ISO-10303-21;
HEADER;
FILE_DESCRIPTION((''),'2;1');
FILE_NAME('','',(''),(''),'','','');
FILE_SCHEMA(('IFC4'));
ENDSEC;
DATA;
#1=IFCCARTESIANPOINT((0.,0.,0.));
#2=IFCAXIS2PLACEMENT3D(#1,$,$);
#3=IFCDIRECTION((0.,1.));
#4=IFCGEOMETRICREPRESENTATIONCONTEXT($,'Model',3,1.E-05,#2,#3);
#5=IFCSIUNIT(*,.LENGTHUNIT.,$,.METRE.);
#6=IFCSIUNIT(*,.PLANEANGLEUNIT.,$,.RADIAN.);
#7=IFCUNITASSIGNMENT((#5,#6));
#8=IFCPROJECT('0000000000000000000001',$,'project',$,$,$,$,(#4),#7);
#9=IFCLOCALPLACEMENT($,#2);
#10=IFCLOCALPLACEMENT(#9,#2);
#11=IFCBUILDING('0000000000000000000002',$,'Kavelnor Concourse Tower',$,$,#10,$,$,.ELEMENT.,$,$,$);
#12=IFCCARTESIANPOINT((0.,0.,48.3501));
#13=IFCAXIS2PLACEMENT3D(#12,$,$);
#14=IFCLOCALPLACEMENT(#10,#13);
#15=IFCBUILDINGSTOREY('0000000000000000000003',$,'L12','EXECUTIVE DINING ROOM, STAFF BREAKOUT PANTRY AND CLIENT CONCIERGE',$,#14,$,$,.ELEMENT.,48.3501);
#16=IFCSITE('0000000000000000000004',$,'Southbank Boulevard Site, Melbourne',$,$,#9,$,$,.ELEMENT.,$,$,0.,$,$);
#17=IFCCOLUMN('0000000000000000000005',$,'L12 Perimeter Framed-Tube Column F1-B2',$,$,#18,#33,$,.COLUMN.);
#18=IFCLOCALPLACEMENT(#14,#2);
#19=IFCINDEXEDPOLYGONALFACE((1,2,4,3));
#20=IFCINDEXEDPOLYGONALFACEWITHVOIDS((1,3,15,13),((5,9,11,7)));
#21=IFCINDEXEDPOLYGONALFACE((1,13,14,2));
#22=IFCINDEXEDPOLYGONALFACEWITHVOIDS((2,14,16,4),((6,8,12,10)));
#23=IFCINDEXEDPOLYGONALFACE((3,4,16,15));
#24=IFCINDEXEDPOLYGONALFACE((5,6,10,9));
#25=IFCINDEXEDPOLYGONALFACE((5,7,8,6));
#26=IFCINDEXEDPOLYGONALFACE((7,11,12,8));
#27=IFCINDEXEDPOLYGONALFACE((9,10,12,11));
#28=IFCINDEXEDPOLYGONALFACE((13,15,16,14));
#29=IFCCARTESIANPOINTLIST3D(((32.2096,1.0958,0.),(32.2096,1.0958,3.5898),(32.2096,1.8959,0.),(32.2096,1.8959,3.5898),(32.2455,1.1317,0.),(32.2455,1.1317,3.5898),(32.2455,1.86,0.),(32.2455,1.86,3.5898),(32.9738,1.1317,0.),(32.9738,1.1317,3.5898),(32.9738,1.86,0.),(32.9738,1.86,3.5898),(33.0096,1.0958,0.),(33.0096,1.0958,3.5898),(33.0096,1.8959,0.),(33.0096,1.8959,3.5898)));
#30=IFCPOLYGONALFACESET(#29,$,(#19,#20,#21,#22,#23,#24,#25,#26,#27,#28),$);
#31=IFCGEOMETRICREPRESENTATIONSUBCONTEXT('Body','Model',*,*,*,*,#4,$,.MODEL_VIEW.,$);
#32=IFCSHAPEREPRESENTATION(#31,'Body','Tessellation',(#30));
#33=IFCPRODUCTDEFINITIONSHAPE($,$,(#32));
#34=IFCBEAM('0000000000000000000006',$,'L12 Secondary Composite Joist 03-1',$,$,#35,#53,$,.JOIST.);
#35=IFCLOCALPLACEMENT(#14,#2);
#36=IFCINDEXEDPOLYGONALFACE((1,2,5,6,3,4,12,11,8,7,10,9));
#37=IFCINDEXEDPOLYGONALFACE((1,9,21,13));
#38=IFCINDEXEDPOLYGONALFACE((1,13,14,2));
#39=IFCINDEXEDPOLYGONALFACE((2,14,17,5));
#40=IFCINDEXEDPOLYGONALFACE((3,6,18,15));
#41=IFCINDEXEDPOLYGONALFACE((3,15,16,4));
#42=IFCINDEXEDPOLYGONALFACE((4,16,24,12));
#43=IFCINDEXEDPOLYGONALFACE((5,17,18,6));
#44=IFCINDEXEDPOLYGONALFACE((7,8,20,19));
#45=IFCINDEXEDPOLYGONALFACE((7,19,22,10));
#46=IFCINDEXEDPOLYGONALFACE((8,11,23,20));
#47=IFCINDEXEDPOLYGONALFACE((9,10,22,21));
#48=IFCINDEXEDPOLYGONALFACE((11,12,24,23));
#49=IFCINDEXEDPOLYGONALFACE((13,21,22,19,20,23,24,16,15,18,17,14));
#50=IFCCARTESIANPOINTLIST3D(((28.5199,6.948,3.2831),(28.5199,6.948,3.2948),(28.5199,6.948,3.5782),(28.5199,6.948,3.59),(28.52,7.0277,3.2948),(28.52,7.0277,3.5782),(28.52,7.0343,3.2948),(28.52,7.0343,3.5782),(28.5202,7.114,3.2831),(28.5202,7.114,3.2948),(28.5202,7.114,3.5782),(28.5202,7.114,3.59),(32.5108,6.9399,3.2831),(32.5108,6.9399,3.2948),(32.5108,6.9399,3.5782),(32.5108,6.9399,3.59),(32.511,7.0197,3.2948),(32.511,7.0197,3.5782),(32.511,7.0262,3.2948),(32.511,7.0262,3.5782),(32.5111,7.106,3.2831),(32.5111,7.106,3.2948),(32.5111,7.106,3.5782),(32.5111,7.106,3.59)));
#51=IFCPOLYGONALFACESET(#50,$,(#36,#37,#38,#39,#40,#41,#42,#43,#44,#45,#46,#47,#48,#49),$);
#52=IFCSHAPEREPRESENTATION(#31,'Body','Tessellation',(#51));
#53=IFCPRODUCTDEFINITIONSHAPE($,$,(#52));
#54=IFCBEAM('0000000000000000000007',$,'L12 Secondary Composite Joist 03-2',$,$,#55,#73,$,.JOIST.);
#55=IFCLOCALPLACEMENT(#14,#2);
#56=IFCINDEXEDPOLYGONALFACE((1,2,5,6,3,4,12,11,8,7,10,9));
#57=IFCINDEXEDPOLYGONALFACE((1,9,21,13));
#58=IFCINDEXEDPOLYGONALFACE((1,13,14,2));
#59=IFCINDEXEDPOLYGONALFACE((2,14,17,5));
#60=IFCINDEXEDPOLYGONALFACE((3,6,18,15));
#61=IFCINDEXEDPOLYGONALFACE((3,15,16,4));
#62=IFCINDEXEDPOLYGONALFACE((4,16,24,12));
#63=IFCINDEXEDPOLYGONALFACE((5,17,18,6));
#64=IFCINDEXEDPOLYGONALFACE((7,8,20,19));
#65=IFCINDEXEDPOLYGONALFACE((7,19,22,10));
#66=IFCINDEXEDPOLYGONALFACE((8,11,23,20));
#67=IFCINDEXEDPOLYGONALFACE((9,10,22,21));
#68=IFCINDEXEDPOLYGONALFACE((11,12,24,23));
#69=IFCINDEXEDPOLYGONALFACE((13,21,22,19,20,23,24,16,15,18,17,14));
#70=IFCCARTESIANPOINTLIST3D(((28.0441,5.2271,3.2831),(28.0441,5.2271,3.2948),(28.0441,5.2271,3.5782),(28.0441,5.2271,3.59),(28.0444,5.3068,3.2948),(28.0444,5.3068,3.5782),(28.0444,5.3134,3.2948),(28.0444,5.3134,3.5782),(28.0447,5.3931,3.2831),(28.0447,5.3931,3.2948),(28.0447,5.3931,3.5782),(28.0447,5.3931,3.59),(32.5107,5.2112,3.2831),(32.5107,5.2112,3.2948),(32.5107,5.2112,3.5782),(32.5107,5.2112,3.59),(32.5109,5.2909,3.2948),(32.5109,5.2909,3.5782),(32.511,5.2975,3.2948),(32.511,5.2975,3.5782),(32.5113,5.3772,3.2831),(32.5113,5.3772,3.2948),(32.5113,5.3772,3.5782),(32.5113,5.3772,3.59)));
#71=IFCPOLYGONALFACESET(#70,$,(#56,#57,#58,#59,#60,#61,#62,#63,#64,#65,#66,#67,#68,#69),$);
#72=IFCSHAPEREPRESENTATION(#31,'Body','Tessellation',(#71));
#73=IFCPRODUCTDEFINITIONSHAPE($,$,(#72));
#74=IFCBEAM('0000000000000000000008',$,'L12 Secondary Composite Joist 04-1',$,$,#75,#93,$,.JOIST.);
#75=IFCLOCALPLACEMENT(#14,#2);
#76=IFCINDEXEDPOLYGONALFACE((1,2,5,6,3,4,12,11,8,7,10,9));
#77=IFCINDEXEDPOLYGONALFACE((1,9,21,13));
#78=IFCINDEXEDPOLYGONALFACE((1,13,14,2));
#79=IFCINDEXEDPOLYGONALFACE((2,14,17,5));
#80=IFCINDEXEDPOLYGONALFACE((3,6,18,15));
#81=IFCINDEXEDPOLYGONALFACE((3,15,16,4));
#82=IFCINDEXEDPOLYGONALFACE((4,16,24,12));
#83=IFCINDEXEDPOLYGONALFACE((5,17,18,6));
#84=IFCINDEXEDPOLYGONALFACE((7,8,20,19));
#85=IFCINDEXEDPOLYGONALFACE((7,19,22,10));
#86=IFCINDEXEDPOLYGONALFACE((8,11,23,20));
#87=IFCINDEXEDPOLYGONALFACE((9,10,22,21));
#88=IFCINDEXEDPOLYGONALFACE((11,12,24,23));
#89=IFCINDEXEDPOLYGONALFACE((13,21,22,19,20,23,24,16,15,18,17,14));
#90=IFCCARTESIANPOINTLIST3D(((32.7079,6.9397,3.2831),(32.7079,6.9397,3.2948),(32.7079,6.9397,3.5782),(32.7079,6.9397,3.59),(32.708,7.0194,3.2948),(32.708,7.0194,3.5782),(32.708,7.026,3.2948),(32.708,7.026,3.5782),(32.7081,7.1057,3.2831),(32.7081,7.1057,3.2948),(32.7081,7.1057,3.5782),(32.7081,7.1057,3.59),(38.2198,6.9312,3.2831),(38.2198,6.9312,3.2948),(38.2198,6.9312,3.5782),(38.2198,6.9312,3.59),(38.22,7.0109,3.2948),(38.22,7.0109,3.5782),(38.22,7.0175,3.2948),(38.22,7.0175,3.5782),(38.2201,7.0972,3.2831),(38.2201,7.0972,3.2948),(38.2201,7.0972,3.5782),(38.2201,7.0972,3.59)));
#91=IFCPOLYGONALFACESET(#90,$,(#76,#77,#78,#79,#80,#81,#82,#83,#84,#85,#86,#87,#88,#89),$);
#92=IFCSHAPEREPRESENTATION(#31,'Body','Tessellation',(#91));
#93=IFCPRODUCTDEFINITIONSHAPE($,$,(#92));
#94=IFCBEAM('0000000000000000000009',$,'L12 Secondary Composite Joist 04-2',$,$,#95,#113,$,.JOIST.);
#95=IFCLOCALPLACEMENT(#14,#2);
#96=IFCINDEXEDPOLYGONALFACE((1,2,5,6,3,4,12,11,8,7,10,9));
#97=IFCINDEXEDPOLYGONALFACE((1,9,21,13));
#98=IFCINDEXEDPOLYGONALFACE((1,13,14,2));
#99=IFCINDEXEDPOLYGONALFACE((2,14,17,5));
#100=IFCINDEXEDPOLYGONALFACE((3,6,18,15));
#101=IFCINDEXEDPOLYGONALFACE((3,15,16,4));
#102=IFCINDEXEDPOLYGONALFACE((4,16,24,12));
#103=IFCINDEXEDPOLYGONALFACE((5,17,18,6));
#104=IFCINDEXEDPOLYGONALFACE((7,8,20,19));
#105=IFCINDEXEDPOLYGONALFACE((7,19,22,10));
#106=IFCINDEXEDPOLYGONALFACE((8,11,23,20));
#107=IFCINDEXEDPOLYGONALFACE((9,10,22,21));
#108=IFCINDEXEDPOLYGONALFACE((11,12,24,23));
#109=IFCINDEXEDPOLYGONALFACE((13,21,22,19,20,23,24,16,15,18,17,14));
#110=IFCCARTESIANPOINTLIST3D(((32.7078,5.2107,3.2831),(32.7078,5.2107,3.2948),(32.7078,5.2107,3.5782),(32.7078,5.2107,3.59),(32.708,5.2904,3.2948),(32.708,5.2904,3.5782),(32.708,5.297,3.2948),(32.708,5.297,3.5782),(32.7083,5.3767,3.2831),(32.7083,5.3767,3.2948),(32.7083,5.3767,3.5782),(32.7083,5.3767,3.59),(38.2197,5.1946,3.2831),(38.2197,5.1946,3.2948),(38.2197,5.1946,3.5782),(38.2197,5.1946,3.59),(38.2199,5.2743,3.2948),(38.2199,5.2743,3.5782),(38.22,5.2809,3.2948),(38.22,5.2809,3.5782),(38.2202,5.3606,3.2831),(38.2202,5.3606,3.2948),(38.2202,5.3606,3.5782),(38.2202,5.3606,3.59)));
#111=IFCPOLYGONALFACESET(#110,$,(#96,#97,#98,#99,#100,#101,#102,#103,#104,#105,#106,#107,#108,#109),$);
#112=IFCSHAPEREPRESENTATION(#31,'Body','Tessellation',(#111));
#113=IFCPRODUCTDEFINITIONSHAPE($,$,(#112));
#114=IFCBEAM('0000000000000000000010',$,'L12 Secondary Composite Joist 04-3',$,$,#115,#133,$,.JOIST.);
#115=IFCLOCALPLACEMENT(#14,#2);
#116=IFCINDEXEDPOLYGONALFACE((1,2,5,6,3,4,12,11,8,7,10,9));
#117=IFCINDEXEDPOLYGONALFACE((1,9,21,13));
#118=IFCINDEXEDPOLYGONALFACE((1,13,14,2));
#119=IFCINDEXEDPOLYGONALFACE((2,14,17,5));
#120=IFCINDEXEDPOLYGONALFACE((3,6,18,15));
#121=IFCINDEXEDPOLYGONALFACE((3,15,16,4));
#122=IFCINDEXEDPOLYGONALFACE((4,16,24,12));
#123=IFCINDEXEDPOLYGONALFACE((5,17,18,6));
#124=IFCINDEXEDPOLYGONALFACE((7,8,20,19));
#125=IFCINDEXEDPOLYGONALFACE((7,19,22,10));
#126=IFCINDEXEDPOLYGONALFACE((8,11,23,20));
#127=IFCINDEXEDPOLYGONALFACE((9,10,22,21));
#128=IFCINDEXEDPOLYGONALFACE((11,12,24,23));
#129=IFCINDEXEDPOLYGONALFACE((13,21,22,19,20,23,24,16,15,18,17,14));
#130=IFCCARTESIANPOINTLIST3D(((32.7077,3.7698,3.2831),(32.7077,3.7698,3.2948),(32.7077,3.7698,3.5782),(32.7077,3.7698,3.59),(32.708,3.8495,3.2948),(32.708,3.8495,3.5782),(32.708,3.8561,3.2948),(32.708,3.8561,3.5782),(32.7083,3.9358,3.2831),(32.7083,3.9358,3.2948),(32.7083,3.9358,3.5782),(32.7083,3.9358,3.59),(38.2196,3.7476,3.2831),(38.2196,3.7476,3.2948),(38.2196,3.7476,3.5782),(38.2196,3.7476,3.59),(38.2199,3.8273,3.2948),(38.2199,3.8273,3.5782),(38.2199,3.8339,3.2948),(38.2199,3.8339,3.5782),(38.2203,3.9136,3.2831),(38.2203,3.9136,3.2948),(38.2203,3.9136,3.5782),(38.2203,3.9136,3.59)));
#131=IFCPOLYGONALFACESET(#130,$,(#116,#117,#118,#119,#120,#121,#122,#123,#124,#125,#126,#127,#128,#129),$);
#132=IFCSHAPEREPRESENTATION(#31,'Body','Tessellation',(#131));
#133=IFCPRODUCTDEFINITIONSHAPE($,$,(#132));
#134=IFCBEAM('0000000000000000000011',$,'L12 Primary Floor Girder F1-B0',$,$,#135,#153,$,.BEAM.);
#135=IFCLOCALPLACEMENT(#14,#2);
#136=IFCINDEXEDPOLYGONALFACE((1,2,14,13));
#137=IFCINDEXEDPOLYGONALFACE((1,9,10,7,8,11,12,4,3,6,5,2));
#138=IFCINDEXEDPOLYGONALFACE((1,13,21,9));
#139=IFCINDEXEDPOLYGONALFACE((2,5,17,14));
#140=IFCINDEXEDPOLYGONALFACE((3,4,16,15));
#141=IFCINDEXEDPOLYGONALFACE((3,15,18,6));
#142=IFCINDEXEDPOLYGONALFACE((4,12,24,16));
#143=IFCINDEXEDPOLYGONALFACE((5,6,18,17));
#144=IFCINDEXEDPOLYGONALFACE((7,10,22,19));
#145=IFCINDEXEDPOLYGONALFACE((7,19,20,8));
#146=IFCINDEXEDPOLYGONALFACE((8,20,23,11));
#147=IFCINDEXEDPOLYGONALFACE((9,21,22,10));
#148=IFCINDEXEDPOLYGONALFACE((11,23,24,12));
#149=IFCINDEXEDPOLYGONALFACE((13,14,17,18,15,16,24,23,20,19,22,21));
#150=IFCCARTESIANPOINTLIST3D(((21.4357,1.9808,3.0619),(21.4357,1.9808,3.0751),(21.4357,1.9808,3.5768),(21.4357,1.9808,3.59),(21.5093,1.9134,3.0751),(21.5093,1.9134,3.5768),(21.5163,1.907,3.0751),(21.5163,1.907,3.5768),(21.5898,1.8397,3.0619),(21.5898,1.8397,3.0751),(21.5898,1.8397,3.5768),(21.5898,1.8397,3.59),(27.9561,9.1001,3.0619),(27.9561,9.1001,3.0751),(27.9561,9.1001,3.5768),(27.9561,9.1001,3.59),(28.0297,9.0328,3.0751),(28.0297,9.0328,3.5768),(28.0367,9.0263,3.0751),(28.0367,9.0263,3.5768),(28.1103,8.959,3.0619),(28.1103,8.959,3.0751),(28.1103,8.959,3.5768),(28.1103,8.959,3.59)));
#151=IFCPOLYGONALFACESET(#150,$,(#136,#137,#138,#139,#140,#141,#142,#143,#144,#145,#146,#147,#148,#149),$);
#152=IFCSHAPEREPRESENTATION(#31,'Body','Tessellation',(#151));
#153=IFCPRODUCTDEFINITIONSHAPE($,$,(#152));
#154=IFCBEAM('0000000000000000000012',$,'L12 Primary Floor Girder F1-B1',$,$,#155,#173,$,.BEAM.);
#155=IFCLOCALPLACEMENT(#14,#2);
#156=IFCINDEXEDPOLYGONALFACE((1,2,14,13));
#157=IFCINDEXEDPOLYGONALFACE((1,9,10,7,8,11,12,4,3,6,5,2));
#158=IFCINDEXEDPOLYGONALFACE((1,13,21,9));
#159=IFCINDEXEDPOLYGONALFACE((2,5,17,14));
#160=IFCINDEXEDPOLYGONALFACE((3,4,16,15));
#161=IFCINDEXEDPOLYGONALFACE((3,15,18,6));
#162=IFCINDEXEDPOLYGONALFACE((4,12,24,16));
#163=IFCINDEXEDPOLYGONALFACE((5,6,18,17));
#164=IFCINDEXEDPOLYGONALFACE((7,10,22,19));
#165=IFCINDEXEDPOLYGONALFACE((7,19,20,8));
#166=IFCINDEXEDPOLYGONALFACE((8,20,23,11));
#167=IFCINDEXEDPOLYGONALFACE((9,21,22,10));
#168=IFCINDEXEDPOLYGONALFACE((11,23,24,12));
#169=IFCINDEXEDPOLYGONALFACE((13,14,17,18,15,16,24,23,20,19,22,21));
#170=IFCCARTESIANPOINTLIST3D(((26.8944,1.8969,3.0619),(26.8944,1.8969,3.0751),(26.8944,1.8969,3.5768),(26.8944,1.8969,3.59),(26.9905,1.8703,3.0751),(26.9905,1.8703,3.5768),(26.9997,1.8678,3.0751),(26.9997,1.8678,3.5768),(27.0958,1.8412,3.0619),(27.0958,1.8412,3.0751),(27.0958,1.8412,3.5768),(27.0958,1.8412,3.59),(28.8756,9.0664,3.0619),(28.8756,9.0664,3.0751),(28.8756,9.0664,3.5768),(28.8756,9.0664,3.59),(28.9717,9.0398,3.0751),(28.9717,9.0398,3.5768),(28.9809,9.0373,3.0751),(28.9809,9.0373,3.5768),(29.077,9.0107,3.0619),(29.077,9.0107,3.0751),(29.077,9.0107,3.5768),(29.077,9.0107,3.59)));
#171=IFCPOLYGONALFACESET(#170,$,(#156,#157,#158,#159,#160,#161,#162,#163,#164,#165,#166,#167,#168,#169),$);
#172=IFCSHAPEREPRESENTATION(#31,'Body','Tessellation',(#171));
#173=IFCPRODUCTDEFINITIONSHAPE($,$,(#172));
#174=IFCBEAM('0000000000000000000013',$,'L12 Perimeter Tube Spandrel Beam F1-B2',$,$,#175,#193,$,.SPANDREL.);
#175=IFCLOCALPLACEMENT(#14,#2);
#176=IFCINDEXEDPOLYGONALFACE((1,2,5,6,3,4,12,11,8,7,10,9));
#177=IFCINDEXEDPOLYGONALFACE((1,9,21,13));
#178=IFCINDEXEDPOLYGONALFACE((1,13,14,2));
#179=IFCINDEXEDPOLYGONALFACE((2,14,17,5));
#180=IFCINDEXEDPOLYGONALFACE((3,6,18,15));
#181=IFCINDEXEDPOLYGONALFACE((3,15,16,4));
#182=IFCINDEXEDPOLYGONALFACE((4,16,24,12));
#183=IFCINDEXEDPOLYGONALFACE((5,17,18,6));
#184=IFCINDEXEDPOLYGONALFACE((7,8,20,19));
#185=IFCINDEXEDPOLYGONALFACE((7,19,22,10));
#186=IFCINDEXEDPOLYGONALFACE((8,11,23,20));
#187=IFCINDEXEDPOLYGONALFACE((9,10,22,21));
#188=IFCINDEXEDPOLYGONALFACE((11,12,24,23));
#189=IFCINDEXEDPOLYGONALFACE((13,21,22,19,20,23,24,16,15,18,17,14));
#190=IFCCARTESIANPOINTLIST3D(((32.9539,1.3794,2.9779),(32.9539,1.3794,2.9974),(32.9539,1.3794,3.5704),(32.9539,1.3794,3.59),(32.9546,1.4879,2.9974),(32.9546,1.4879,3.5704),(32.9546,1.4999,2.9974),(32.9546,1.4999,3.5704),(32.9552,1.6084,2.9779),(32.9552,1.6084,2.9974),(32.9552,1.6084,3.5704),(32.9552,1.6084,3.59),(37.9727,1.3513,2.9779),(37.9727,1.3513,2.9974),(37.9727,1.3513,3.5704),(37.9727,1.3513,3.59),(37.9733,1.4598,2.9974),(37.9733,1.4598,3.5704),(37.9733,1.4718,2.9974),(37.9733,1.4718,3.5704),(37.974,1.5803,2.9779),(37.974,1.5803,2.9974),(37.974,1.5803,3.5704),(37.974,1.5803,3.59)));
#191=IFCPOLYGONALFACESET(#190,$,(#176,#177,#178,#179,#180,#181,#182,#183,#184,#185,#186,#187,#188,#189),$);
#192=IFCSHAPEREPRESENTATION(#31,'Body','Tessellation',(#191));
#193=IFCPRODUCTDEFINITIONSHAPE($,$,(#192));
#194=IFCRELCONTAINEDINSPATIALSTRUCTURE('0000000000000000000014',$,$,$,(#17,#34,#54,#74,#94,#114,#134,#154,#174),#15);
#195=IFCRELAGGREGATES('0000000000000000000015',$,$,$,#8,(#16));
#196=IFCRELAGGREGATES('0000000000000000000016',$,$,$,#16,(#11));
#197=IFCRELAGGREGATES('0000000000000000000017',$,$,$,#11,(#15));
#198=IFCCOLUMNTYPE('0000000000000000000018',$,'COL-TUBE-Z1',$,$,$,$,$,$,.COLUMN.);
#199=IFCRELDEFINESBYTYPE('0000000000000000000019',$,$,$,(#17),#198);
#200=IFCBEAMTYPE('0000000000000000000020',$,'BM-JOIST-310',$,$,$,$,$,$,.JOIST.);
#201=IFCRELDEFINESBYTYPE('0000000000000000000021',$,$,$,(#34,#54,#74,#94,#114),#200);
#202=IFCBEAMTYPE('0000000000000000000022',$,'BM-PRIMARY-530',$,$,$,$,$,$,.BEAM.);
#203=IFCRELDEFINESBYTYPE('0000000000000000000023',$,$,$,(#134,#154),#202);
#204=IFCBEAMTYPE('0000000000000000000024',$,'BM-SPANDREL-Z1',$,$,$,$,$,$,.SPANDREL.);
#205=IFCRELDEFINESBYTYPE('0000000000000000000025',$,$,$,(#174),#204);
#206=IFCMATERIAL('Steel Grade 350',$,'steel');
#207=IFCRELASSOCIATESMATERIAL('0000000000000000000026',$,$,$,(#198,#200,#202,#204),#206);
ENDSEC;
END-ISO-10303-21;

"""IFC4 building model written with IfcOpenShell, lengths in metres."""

from ifc_helpers import new_model, si_unit, direction, frame, origin, origin_2d, place, context, subcontext, project, spatial, hollow_rectangle, i_section, extrude, material, material_profile, profile_set, type_object, element, save


model = new_model("IFC4")

# Units and contexts
model_context = context("Model", 3, precision=1e-05, world=origin(), true_north=direction((0.0, 1.0)))
body_context = subcontext(model_context, "Body", "Model", "MODEL_VIEW")
ifc_project = project(units=[si_unit("LENGTHUNIT", "METRE"), si_unit("PLANEANGLEUNIT", "RADIAN")], contexts=[model_context])

# Site, building, storey
site_placement = place(None, origin())
site = spatial("IfcSite", under=ifc_project, at=site_placement, Name="Southbank Boulevard Site, Melbourne", CompositionType="ELEMENT", RefElevation=0.0)
building_placement = place(site_placement, origin())
building = spatial("IfcBuilding", under=site, at=building_placement, Name="Kavelnor Concourse Tower", CompositionType="ELEMENT")
storey_placement = place(building_placement, frame((0.0, 0.0, 48.3501)))
storey = spatial("IfcBuildingStorey", under=building, at=storey_placement, Name="L12", Description="EXECUTIVE DINING ROOM, STAFF BREAKOUT PANTRY AND CLIENT CONCIERGE", CompositionType="ELEMENT", Elevation=48.3501)

# Column
ifc_material_1 = material(Name="Steel Grade 350", Category="steel")
ifc_material_profile_1 = material_profile(ifc_material_1, hollow_rectangle(XDim=0.8, YDim=0.8, WallThickness=0.0359, at=origin_2d()), Name="SHS 800x800x36")
ifc_profile_set_1 = profile_set([ifc_material_profile_1], Name="Steel Grade 350")
column_type = type_object("IfcColumnType", Name="COL-TUBE-Z1", PredefinedType="COLUMN", material=ifc_profile_set_1)
column_placement = place(storey_placement, frame((32.6096, 1.4958, 0.0), z_axis=(0.0, 0.0, 1.0), x_axis=(1.0, 0.0, 0.0)))
element("IfcColumn", 1, at=column_placement, inside=storey, type_object=column_type, Name="L12 Perimeter Framed-Tube Column F1-B2", PredefinedType="COLUMN", context=body_context, shape_type="SweptSolid", body=[
    extrude(hollow_rectangle(XDim=0.8, YDim=0.8, WallThickness=0.0359, at=origin_2d()), origin(), (0.0, 0.0, 1.0), 3.5898),
])

# Beams
ifc_material_profile_2 = material_profile(ifc_material_1, i_section(OverallWidth=0.166, OverallDepth=0.3069, WebThickness=0.0066, FlangeThickness=0.0117, at=origin_2d()), Name="310UB46")
ifc_profile_set_2 = profile_set([ifc_material_profile_2], Name="Steel Grade 350")
beam_type_1 = type_object("IfcBeamType", Name="BM-JOIST-310", PredefinedType="JOIST", material=ifc_profile_set_2)
beam_1_placement = place(storey_placement, frame((28.52, 7.031, 3.4365), z_axis=(0.999998, -0.002019, 0.0), x_axis=(0.002019, 0.999998, 0.0)))
element("IfcBeam", 2, at=beam_1_placement, inside=storey, type_object=beam_type_1, Name="L12 Secondary Composite Joist 03-1", PredefinedType="JOIST", context=body_context, shape_type="SweptSolid", body=[
    extrude(i_section(OverallWidth=0.166, OverallDepth=0.3069, WebThickness=0.0066, FlangeThickness=0.0117, at=origin_2d()), origin(), (0.0, 0.0, 1.0), 3.991),
])
beam_2_placement = place(storey_placement, frame((28.0444, 5.3101, 3.4365), z_axis=(0.999994, -0.003553, 0.0), x_axis=(0.003553, 0.999994, 0.0)))
element("IfcBeam", 3, at=beam_2_placement, inside=storey, type_object=beam_type_1, Name="L12 Secondary Composite Joist 03-2", PredefinedType="JOIST", context=body_context, shape_type="SweptSolid", body=[
    extrude(i_section(OverallWidth=0.166, OverallDepth=0.3069, WebThickness=0.0066, FlangeThickness=0.0117, at=origin_2d()), origin(), (0.0, 0.0, 1.0), 4.4666),
])
for number, where, z_axis, x_axis, name in (
    (4, (32.708, 7.0227, 3.4365), (0.999999, -0.00155, 0.0), (0.00155, 0.999999, 0.0), "L12 Secondary Composite Joist 04-1"),
    (5, (32.708, 5.2937, 3.4365), (0.999996, -0.002923, 0.0), (0.002923, 0.999996, 0.0), "L12 Secondary Composite Joist 04-2"),
    (6, (32.708, 3.8528, 3.4365), (0.999992, -0.004031, 0.0), (0.004031, 0.999992, 0.0), "L12 Secondary Composite Joist 04-3"),
):
    element("IfcBeam", number, at=place(storey_placement, frame(where, z_axis=z_axis, x_axis=x_axis)), inside=storey, type_object=beam_type_1, Name=name, PredefinedType="JOIST", context=body_context, shape_type="SweptSolid", body=[
        extrude(i_section(OverallWidth=0.166, OverallDepth=0.3069, WebThickness=0.0066, FlangeThickness=0.0117, at=origin_2d()), origin(), (0.0, 0.0, 1.0), 5.512),
    ])
ifc_material_profile_3 = material_profile(ifc_material_1, i_section(OverallWidth=0.209, OverallDepth=0.5281, WebThickness=0.0095, FlangeThickness=0.0132, at=origin_2d()), Name="530UB82")
ifc_profile_set_3 = profile_set([ifc_material_profile_3], Name="Steel Grade 350")
beam_type_2 = type_object("IfcBeamType", Name="BM-PRIMARY-530", PredefinedType="BEAM", material=ifc_profile_set_3)
beam_3_placement = place(storey_placement, frame((28.0332, 9.0295, 3.3259), z_axis=(-0.67541, -0.737443, 0.0), x_axis=(0.737443, -0.67541, 0.0)))
element("IfcBeam", 7, at=beam_3_placement, inside=storey, type_object=beam_type_2, Name="L12 Primary Floor Girder F1-B0", PredefinedType="BEAM", context=body_context, shape_type="SweptSolid", body=[
    extrude(i_section(OverallWidth=0.209, OverallDepth=0.5281, WebThickness=0.0095, FlangeThickness=0.0132, at=origin_2d()), origin(), (0.0, 0.0, 1.0), 9.6541),
])
beam_4_placement = place(storey_placement, frame((28.9763, 9.0386, 3.3259), z_axis=(-0.266357, -0.963874, 0.0), x_axis=(0.963874, -0.266357, 0.0)))
element("IfcBeam", 8, at=beam_4_placement, inside=storey, type_object=beam_type_2, Name="L12 Primary Floor Girder F1-B1", PredefinedType="BEAM", context=body_context, shape_type="SweptSolid", body=[
    extrude(i_section(OverallWidth=0.209, OverallDepth=0.5281, WebThickness=0.0095, FlangeThickness=0.0132, at=origin_2d()), origin(), (0.0, 0.0, 1.0), 7.4382),
])
ifc_material_profile_4 = material_profile(ifc_material_1, i_section(OverallWidth=0.229, OverallDepth=0.6121, WebThickness=0.012, FlangeThickness=0.0195, at=origin_2d()), Name="610UB125")
ifc_profile_set_4 = profile_set([ifc_material_profile_4], Name="Steel Grade 350")
beam_type_3 = type_object("IfcBeamType", Name="BM-SPANDREL-Z1", PredefinedType="SPANDREL", material=ifc_profile_set_4)
beam_5_placement = place(storey_placement, frame((32.9546, 1.4939, 3.2839), z_axis=(0.999984, -0.005594, 0.0), x_axis=(0.005594, 0.999984, 0.0)))
element("IfcBeam", 9, at=beam_5_placement, inside=storey, type_object=beam_type_3, Name="L12 Perimeter Tube Spandrel Beam F1-B2", PredefinedType="SPANDREL", context=body_context, shape_type="SweptSolid", body=[
    extrude(i_section(OverallWidth=0.229, OverallDepth=0.6121, WebThickness=0.012, FlangeThickness=0.0195, at=origin_2d()), origin(), (0.0, 0.0, 1.0), 5.0188),
])

save(model, "model.ifc")
